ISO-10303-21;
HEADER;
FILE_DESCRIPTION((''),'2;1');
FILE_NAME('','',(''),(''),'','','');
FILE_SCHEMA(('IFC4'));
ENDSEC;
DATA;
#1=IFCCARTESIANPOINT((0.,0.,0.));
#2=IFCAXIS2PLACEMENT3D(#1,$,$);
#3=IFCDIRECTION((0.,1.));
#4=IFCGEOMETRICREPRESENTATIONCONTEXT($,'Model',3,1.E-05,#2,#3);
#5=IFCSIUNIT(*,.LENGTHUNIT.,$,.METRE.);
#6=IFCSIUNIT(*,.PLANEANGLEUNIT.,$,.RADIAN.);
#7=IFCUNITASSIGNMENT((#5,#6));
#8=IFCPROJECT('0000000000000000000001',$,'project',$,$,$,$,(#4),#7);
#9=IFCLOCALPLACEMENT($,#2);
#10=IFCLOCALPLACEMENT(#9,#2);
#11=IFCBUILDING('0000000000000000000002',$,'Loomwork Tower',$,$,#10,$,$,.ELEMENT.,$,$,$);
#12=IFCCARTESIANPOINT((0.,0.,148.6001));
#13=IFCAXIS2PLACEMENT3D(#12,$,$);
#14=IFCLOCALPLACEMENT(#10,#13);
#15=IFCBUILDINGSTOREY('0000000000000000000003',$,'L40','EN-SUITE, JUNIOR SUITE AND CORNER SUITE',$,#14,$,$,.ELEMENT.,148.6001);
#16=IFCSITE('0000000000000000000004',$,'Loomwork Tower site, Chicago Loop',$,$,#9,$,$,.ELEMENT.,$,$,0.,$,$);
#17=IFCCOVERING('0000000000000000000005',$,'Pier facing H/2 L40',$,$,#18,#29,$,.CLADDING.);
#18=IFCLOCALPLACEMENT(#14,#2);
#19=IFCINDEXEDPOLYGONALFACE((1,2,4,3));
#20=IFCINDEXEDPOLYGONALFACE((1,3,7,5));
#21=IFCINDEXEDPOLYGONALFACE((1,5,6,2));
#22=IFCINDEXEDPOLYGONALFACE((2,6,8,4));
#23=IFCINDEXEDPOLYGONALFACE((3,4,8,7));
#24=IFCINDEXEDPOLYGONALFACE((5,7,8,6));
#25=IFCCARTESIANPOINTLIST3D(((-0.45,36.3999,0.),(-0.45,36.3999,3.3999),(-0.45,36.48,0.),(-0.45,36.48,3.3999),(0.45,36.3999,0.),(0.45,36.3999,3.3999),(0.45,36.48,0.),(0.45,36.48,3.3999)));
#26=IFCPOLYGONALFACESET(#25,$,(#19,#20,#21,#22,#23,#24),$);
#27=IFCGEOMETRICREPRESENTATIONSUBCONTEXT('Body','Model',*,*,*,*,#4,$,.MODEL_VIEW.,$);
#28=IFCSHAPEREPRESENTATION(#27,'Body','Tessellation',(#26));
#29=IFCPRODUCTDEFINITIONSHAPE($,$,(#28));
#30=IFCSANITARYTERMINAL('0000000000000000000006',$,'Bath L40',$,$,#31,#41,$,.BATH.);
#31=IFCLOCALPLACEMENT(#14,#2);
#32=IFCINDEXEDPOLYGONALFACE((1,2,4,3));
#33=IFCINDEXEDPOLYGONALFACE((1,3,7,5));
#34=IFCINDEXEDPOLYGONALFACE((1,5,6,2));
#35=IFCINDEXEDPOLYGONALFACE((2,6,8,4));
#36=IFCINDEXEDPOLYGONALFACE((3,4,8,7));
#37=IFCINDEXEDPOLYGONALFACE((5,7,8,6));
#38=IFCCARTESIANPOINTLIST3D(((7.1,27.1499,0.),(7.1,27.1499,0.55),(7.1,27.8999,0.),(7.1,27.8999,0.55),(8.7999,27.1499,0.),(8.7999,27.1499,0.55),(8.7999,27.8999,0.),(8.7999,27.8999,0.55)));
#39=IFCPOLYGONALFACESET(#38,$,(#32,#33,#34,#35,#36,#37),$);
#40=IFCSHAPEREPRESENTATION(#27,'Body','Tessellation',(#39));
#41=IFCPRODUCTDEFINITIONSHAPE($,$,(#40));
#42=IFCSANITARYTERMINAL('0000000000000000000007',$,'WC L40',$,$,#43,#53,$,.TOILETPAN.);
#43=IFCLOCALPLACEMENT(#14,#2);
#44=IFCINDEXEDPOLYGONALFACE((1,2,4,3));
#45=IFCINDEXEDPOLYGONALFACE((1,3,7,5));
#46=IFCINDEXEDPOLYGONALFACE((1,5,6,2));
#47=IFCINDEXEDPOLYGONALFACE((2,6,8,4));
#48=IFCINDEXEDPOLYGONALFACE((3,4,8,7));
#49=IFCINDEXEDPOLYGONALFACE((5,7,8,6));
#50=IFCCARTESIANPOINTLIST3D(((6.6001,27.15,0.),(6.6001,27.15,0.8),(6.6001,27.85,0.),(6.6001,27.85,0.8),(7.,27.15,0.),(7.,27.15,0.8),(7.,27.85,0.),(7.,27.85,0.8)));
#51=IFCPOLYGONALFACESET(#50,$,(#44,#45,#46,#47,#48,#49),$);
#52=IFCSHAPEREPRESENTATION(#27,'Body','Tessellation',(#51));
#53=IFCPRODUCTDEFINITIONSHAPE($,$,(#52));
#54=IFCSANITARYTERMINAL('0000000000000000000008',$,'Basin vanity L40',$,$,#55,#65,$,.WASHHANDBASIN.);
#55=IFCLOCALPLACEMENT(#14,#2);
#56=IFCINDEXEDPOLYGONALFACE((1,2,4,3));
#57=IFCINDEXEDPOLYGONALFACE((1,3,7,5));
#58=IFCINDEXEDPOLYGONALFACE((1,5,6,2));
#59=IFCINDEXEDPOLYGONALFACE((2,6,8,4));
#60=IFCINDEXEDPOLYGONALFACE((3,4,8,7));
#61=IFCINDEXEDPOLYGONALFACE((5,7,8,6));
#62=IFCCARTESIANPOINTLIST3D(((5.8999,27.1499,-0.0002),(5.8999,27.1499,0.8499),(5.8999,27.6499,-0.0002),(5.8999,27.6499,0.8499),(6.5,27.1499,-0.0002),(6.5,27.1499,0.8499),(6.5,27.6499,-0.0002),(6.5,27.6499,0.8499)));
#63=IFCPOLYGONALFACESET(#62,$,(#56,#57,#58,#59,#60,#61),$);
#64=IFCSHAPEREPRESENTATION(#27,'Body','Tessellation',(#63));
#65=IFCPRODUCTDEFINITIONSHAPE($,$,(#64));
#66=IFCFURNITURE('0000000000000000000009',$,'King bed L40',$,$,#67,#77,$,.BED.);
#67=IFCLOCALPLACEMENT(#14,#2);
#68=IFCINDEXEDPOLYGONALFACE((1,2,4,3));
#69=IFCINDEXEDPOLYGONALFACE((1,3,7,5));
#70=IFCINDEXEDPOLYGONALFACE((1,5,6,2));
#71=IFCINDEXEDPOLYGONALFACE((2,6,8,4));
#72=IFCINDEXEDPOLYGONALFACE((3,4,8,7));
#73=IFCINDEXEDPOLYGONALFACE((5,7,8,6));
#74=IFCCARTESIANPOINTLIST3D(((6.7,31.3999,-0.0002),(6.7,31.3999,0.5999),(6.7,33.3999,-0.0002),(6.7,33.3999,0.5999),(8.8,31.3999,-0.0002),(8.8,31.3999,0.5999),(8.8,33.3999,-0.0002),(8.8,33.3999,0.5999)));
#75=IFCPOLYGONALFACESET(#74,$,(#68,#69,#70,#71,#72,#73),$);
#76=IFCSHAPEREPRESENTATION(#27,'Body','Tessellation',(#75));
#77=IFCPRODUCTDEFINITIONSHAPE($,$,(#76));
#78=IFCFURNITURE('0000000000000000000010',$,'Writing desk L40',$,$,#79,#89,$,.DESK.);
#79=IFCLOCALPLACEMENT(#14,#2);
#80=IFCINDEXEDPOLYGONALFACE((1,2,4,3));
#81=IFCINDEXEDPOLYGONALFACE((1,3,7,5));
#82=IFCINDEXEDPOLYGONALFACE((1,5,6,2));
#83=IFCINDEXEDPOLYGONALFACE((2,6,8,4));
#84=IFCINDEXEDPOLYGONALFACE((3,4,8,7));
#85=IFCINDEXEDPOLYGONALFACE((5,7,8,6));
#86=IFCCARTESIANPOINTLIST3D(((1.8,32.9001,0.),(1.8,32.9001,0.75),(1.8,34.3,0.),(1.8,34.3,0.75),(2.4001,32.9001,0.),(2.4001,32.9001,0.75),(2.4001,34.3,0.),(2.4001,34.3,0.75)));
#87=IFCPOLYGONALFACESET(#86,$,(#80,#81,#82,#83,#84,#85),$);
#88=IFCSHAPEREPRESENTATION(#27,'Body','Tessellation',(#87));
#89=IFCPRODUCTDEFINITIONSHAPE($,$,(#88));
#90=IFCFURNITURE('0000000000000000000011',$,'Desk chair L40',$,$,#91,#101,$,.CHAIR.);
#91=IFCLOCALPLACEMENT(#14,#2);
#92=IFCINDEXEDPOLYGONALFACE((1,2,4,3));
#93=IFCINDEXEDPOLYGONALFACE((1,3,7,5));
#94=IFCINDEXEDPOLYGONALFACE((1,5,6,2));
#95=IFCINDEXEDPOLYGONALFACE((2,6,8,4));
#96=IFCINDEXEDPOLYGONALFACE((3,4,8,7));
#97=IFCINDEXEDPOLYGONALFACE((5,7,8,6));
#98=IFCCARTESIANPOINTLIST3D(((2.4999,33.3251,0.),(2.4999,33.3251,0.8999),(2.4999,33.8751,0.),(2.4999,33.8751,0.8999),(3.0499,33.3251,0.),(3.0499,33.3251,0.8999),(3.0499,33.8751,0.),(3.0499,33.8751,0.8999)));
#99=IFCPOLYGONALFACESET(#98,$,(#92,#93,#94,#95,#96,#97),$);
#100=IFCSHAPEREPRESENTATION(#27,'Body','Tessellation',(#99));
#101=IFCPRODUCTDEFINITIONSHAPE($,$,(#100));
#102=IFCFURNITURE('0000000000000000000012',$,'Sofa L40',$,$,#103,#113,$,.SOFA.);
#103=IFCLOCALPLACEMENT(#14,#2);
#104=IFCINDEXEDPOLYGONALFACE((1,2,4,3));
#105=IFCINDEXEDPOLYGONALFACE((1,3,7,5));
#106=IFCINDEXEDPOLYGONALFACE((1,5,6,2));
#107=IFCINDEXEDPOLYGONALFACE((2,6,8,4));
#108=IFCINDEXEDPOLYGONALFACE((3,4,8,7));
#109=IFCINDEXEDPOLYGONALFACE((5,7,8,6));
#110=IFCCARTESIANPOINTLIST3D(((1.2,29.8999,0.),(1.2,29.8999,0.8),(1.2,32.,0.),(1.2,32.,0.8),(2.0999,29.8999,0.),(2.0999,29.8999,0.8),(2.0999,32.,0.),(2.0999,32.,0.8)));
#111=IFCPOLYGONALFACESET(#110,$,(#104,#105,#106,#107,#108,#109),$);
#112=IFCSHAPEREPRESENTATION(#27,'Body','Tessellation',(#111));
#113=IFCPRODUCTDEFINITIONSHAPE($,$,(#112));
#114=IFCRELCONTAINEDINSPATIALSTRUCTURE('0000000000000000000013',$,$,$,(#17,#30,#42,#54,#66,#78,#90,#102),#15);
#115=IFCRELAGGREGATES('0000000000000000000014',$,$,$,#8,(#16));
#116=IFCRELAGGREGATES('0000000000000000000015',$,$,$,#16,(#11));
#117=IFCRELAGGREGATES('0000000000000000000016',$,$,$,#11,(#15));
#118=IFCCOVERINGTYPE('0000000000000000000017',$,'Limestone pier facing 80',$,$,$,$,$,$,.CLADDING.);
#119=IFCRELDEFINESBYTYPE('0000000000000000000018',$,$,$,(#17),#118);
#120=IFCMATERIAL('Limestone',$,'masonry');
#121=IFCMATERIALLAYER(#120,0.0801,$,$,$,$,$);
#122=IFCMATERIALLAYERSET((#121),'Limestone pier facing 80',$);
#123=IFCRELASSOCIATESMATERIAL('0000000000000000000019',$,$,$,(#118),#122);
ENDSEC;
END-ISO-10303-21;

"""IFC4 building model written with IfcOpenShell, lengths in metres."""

from ifc_helpers import new_model, si_unit, direction, frame, origin, origin_2d, place, context, subcontext, project, spatial, rectangle, extrude, material, layer, layer_set, type_object, element, save


model = new_model("IFC4")

# Units and contexts
model_context = context("Model", 3, precision=1e-05, world=origin(), true_north=direction((0.0, 1.0)))
body_context = subcontext(model_context, "Body", "Model", "MODEL_VIEW")
ifc_project = project(units=[si_unit("LENGTHUNIT", "METRE"), si_unit("PLANEANGLEUNIT", "RADIAN")], contexts=[model_context])

# Site, building, storey
site_placement = place(None, origin())
site = spatial("IfcSite", under=ifc_project, at=site_placement, Name="Loomwork Tower site, Chicago Loop", CompositionType="ELEMENT", RefElevation=0.0)
building_placement = place(site_placement, origin())
building = spatial("IfcBuilding", under=site, at=building_placement, Name="Loomwork Tower", CompositionType="ELEMENT")
storey_placement = place(building_placement, frame((0.0, 0.0, 148.6001)))
storey = spatial("IfcBuildingStorey", under=building, at=storey_placement, Name="L40", Description="EN-SUITE, JUNIOR SUITE AND CORNER SUITE", CompositionType="ELEMENT", Elevation=148.6001)

# Covering
ifc_material_1 = material(Name="Limestone", Category="masonry")
ifc_layer_1 = layer(ifc_material_1, 0.0801)
ifc_layer_set_1 = layer_set([ifc_layer_1], Name="Limestone pier facing 80")
covering_type = type_object("IfcCoveringType", Name="Limestone pier facing 80", PredefinedType="CLADDING", material=ifc_layer_set_1)
covering_placement = place(storey_placement, frame((0.0, 36.4399, 0.0), z_axis=(0.0, 0.0, 1.0), x_axis=(1.0, 0.0, 0.0)))
element("IfcCovering", 1, at=covering_placement, inside=storey, type_object=covering_type, Name="Pier facing H/2 L40", PredefinedType="CLADDING", context=body_context, shape_type="SweptSolid", body=[
    extrude(rectangle(XDim=0.8999, YDim=0.0801, at=origin_2d()), origin(), (0.0, 0.0, 1.0), 3.3999),
])

# Sanitary terminals
sanitary_terminal_1_placement = place(storey_placement, frame((7.95, 27.5249, 0.0), z_axis=(0.0, 0.0, 1.0), x_axis=(1.0, 0.0, 0.0)))
element("IfcSanitaryTerminal", 2, at=sanitary_terminal_1_placement, inside=storey, Name="Bath L40", PredefinedType="BATH", context=body_context, shape_type="SweptSolid", body=[
    extrude(rectangle(XDim=1.7, YDim=0.75, at=origin_2d()), origin(), (0.0, 0.0, 1.0), 0.55),
])
sanitary_terminal_2_placement = place(storey_placement, frame((6.8, 27.5, 0.0), z_axis=(0.0, 0.0, 1.0), x_axis=(1.0, 0.0, 0.0)))
element("IfcSanitaryTerminal", 3, at=sanitary_terminal_2_placement, inside=storey, Name="WC L40", PredefinedType="TOILETPAN", context=body_context, shape_type="SweptSolid", body=[
    extrude(rectangle(XDim=0.3999, YDim=0.7, at=origin_2d()), origin(), (0.0, 0.0, 1.0), 0.8),
])
sanitary_terminal_3_placement = place(storey_placement, frame((6.2, 27.3999, -0.0002), z_axis=(0.0, 0.0, 1.0), x_axis=(1.0, 0.0, 0.0)))
element("IfcSanitaryTerminal", 4, at=sanitary_terminal_3_placement, inside=storey, Name="Basin vanity L40", PredefinedType="WASHHANDBASIN", context=body_context, shape_type="SweptSolid", body=[
    extrude(rectangle(XDim=0.6001, YDim=0.5, at=origin_2d()), origin(), (0.0, 0.0, 1.0), 0.8501),
])

# Furniture
furniture_1_placement = place(storey_placement, frame((7.75, 32.3999, -0.0002), z_axis=(0.0, 0.0, 1.0), x_axis=(1.0, 0.0, 0.0)))
element("IfcFurniture", 5, at=furniture_1_placement, inside=storey, Name="King bed L40", PredefinedType="BED", context=body_context, shape_type="SweptSolid", body=[
    extrude(rectangle(XDim=2.1001, YDim=2.0, at=origin_2d()), origin(), (0.0, 0.0, 1.0), 0.6001),
])
furniture_2_placement = place(storey_placement, frame((2.1001, 33.6001, 0.0), z_axis=(0.0, 0.0, 1.0), x_axis=(1.0, 0.0, 0.0)))
element("IfcFurniture", 6, at=furniture_2_placement, inside=storey, Name="Writing desk L40", PredefinedType="DESK", context=body_context, shape_type="SweptSolid", body=[
    extrude(rectangle(XDim=0.6001, YDim=1.3999, at=origin_2d()), origin(), (0.0, 0.0, 1.0), 0.75),
])
furniture_3_placement = place(storey_placement, frame((2.7749, 33.6001, 0.0), z_axis=(0.0, 0.0, 1.0), x_axis=(1.0, 0.0, 0.0)))
element("IfcFurniture", 7, at=furniture_3_placement, inside=storey, Name="Desk chair L40", PredefinedType="CHAIR", context=body_context, shape_type="SweptSolid", body=[
    extrude(rectangle(XDim=0.55, YDim=0.55, at=origin_2d()), origin(), (0.0, 0.0, 1.0), 0.8999),
])
furniture_4_placement = place(storey_placement, frame((1.6499, 30.95, 0.0), z_axis=(0.0, 0.0, 1.0), x_axis=(1.0, 0.0, 0.0)))
element("IfcFurniture", 8, at=furniture_4_placement, inside=storey, Name="Sofa L40", PredefinedType="SOFA", context=body_context, shape_type="SweptSolid", body=[
    extrude(rectangle(XDim=0.8999, YDim=2.1001, at=origin_2d()), origin(), (0.0, 0.0, 1.0), 0.8),
])

save(model, "model.ifc")
